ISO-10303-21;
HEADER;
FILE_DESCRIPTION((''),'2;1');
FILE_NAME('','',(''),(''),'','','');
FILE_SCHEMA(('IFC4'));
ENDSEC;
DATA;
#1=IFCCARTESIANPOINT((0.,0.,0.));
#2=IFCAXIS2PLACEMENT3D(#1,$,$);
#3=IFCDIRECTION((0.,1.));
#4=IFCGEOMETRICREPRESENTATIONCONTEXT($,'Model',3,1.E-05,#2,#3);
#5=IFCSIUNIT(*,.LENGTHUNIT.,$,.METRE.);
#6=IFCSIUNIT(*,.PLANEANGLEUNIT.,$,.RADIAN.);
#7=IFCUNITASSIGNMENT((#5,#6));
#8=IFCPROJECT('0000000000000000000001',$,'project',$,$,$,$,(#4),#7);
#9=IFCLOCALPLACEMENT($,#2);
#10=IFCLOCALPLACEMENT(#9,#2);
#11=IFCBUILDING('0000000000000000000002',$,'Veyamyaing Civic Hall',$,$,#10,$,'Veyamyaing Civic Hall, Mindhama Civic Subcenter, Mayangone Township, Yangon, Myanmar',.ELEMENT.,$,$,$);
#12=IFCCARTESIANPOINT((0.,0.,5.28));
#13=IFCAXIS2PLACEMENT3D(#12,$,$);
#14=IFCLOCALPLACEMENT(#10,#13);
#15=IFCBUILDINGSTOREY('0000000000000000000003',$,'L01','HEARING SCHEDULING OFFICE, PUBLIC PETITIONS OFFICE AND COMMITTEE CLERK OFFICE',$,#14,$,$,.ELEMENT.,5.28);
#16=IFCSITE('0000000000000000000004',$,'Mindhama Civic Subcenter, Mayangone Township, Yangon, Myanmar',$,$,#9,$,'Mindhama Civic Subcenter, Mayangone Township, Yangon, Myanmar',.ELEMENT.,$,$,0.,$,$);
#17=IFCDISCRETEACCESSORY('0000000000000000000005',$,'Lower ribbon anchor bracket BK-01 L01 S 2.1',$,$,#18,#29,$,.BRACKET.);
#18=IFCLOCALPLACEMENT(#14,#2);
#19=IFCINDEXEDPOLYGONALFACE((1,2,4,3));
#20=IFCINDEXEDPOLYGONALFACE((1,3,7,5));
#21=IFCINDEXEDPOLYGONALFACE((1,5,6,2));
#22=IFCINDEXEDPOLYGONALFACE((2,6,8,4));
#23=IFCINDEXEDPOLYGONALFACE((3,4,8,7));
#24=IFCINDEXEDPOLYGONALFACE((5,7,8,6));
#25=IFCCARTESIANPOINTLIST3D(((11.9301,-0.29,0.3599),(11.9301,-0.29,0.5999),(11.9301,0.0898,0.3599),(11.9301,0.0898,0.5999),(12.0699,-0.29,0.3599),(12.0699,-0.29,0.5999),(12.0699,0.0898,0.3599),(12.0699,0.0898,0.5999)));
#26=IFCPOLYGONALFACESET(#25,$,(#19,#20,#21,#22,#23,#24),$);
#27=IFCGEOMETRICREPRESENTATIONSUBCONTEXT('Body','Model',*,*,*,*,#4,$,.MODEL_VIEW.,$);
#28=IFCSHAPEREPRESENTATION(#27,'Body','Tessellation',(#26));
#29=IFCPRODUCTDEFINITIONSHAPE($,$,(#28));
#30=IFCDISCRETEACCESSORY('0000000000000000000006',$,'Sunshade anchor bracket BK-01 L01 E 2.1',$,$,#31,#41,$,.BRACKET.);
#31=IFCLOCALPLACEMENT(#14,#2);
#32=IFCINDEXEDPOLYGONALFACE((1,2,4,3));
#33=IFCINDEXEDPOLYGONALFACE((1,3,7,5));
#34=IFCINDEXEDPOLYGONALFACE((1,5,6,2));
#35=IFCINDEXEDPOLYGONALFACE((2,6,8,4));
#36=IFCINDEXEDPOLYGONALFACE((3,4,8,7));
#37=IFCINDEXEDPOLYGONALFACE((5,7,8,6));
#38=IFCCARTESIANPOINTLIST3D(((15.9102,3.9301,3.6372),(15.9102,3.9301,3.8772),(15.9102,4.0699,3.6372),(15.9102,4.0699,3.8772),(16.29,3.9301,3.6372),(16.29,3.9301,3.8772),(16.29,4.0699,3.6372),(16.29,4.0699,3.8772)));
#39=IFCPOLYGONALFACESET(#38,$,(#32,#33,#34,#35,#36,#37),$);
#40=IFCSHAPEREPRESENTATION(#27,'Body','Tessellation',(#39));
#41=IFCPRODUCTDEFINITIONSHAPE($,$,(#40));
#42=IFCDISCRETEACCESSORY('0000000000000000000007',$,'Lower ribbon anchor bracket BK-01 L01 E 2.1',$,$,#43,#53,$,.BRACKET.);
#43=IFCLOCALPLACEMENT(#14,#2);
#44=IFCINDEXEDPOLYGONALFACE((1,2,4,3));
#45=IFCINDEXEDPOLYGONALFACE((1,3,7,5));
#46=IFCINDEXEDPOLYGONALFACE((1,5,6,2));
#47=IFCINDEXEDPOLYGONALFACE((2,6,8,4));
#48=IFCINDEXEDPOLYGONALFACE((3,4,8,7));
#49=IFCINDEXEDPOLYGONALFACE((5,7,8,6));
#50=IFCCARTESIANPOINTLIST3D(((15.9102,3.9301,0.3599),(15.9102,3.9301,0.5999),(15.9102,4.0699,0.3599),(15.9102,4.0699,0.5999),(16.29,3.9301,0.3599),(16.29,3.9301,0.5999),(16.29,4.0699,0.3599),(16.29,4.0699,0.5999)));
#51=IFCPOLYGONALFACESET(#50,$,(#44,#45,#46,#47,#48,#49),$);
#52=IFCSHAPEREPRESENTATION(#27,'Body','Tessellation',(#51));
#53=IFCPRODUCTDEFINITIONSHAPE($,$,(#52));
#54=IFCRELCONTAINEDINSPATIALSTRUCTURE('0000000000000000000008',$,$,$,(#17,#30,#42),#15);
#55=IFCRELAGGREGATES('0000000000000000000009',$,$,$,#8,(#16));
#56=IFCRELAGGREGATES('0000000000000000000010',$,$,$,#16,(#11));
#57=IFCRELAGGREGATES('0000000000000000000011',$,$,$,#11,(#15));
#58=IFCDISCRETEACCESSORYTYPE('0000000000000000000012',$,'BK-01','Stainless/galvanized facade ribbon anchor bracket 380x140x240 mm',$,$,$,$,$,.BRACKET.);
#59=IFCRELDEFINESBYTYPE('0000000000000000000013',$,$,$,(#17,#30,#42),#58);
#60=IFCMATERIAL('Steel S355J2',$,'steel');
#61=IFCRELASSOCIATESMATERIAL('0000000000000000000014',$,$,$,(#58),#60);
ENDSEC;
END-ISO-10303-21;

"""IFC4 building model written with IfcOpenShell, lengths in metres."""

from ifc_helpers import new_model, si_unit, direction, frame, origin, origin_2d, place, context, subcontext, project, spatial, rectangle, extrude, material, type_object, element, save


model = new_model("IFC4")

# Units and contexts
model_context = context("Model", 3, precision=1e-05, world=origin(), true_north=direction((0.0, 1.0)))
body_context = subcontext(model_context, "Body", "Model", "MODEL_VIEW")
ifc_project = project(units=[si_unit("LENGTHUNIT", "METRE"), si_unit("PLANEANGLEUNIT", "RADIAN")], contexts=[model_context])

# Site, building, storey
site_placement = place(None, origin())
site = spatial("IfcSite", under=ifc_project, at=site_placement, Name="Mindhama Civic Subcenter, Mayangone Township, Yangon, Myanmar", LongName="Mindhama Civic Subcenter, Mayangone Township, Yangon, Myanmar", CompositionType="ELEMENT", RefElevation=0.0)
building_placement = place(site_placement, origin())
building = spatial("IfcBuilding", under=site, at=building_placement, Name="Veyamyaing Civic Hall", LongName="Veyamyaing Civic Hall, Mindhama Civic Subcenter, Mayangone Township, Yangon, Myanmar", CompositionType="ELEMENT")
storey_placement = place(building_placement, frame((0.0, 0.0, 5.28)))
storey = spatial("IfcBuildingStorey", under=building, at=storey_placement, Name="L01", Description="HEARING SCHEDULING OFFICE, PUBLIC PETITIONS OFFICE AND COMMITTEE CLERK OFFICE", CompositionType="ELEMENT", Elevation=5.28)

# Discrete accessories
ifc_material_1 = material(Name="Steel S355J2", Category="steel")
discrete_accessory_type = type_object("IfcDiscreteAccessoryType", Name="BK-01", Description="Stainless/galvanized facade ribbon anchor bracket 380x140x240 mm", PredefinedType="BRACKET", material=ifc_material_1)
for number, where, z_axis, x_axis, name in (
    (1, (12.0, -0.1001, 0.3599), (0.0, 0.0, 1.0), (0.0, -1.0, 0.0), "Lower ribbon anchor bracket BK-01 L01 S 2.1"),
    (2, (16.1001, 4.0, 3.6372), (0.0, 0.0, 1.0), (1.0, 0.0, 0.0), "Sunshade anchor bracket BK-01 L01 E 2.1"),
    (3, (16.1001, 4.0, 0.3599), (0.0, 0.0, 1.0), (1.0, 0.0, 0.0), "Lower ribbon anchor bracket BK-01 L01 E 2.1"),
):
    element("IfcDiscreteAccessory", number, at=place(storey_placement, frame(where, z_axis=z_axis, x_axis=x_axis)), inside=storey, type_object=discrete_accessory_type, Name=name, PredefinedType="BRACKET", context=body_context, shape_type="SweptSolid", body=[
        extrude(rectangle(XDim=0.3799, YDim=0.1399, at=origin_2d()), origin(), (0.0, 0.0, 1.0), 0.24),
    ])

save(model, "model.ifc")
